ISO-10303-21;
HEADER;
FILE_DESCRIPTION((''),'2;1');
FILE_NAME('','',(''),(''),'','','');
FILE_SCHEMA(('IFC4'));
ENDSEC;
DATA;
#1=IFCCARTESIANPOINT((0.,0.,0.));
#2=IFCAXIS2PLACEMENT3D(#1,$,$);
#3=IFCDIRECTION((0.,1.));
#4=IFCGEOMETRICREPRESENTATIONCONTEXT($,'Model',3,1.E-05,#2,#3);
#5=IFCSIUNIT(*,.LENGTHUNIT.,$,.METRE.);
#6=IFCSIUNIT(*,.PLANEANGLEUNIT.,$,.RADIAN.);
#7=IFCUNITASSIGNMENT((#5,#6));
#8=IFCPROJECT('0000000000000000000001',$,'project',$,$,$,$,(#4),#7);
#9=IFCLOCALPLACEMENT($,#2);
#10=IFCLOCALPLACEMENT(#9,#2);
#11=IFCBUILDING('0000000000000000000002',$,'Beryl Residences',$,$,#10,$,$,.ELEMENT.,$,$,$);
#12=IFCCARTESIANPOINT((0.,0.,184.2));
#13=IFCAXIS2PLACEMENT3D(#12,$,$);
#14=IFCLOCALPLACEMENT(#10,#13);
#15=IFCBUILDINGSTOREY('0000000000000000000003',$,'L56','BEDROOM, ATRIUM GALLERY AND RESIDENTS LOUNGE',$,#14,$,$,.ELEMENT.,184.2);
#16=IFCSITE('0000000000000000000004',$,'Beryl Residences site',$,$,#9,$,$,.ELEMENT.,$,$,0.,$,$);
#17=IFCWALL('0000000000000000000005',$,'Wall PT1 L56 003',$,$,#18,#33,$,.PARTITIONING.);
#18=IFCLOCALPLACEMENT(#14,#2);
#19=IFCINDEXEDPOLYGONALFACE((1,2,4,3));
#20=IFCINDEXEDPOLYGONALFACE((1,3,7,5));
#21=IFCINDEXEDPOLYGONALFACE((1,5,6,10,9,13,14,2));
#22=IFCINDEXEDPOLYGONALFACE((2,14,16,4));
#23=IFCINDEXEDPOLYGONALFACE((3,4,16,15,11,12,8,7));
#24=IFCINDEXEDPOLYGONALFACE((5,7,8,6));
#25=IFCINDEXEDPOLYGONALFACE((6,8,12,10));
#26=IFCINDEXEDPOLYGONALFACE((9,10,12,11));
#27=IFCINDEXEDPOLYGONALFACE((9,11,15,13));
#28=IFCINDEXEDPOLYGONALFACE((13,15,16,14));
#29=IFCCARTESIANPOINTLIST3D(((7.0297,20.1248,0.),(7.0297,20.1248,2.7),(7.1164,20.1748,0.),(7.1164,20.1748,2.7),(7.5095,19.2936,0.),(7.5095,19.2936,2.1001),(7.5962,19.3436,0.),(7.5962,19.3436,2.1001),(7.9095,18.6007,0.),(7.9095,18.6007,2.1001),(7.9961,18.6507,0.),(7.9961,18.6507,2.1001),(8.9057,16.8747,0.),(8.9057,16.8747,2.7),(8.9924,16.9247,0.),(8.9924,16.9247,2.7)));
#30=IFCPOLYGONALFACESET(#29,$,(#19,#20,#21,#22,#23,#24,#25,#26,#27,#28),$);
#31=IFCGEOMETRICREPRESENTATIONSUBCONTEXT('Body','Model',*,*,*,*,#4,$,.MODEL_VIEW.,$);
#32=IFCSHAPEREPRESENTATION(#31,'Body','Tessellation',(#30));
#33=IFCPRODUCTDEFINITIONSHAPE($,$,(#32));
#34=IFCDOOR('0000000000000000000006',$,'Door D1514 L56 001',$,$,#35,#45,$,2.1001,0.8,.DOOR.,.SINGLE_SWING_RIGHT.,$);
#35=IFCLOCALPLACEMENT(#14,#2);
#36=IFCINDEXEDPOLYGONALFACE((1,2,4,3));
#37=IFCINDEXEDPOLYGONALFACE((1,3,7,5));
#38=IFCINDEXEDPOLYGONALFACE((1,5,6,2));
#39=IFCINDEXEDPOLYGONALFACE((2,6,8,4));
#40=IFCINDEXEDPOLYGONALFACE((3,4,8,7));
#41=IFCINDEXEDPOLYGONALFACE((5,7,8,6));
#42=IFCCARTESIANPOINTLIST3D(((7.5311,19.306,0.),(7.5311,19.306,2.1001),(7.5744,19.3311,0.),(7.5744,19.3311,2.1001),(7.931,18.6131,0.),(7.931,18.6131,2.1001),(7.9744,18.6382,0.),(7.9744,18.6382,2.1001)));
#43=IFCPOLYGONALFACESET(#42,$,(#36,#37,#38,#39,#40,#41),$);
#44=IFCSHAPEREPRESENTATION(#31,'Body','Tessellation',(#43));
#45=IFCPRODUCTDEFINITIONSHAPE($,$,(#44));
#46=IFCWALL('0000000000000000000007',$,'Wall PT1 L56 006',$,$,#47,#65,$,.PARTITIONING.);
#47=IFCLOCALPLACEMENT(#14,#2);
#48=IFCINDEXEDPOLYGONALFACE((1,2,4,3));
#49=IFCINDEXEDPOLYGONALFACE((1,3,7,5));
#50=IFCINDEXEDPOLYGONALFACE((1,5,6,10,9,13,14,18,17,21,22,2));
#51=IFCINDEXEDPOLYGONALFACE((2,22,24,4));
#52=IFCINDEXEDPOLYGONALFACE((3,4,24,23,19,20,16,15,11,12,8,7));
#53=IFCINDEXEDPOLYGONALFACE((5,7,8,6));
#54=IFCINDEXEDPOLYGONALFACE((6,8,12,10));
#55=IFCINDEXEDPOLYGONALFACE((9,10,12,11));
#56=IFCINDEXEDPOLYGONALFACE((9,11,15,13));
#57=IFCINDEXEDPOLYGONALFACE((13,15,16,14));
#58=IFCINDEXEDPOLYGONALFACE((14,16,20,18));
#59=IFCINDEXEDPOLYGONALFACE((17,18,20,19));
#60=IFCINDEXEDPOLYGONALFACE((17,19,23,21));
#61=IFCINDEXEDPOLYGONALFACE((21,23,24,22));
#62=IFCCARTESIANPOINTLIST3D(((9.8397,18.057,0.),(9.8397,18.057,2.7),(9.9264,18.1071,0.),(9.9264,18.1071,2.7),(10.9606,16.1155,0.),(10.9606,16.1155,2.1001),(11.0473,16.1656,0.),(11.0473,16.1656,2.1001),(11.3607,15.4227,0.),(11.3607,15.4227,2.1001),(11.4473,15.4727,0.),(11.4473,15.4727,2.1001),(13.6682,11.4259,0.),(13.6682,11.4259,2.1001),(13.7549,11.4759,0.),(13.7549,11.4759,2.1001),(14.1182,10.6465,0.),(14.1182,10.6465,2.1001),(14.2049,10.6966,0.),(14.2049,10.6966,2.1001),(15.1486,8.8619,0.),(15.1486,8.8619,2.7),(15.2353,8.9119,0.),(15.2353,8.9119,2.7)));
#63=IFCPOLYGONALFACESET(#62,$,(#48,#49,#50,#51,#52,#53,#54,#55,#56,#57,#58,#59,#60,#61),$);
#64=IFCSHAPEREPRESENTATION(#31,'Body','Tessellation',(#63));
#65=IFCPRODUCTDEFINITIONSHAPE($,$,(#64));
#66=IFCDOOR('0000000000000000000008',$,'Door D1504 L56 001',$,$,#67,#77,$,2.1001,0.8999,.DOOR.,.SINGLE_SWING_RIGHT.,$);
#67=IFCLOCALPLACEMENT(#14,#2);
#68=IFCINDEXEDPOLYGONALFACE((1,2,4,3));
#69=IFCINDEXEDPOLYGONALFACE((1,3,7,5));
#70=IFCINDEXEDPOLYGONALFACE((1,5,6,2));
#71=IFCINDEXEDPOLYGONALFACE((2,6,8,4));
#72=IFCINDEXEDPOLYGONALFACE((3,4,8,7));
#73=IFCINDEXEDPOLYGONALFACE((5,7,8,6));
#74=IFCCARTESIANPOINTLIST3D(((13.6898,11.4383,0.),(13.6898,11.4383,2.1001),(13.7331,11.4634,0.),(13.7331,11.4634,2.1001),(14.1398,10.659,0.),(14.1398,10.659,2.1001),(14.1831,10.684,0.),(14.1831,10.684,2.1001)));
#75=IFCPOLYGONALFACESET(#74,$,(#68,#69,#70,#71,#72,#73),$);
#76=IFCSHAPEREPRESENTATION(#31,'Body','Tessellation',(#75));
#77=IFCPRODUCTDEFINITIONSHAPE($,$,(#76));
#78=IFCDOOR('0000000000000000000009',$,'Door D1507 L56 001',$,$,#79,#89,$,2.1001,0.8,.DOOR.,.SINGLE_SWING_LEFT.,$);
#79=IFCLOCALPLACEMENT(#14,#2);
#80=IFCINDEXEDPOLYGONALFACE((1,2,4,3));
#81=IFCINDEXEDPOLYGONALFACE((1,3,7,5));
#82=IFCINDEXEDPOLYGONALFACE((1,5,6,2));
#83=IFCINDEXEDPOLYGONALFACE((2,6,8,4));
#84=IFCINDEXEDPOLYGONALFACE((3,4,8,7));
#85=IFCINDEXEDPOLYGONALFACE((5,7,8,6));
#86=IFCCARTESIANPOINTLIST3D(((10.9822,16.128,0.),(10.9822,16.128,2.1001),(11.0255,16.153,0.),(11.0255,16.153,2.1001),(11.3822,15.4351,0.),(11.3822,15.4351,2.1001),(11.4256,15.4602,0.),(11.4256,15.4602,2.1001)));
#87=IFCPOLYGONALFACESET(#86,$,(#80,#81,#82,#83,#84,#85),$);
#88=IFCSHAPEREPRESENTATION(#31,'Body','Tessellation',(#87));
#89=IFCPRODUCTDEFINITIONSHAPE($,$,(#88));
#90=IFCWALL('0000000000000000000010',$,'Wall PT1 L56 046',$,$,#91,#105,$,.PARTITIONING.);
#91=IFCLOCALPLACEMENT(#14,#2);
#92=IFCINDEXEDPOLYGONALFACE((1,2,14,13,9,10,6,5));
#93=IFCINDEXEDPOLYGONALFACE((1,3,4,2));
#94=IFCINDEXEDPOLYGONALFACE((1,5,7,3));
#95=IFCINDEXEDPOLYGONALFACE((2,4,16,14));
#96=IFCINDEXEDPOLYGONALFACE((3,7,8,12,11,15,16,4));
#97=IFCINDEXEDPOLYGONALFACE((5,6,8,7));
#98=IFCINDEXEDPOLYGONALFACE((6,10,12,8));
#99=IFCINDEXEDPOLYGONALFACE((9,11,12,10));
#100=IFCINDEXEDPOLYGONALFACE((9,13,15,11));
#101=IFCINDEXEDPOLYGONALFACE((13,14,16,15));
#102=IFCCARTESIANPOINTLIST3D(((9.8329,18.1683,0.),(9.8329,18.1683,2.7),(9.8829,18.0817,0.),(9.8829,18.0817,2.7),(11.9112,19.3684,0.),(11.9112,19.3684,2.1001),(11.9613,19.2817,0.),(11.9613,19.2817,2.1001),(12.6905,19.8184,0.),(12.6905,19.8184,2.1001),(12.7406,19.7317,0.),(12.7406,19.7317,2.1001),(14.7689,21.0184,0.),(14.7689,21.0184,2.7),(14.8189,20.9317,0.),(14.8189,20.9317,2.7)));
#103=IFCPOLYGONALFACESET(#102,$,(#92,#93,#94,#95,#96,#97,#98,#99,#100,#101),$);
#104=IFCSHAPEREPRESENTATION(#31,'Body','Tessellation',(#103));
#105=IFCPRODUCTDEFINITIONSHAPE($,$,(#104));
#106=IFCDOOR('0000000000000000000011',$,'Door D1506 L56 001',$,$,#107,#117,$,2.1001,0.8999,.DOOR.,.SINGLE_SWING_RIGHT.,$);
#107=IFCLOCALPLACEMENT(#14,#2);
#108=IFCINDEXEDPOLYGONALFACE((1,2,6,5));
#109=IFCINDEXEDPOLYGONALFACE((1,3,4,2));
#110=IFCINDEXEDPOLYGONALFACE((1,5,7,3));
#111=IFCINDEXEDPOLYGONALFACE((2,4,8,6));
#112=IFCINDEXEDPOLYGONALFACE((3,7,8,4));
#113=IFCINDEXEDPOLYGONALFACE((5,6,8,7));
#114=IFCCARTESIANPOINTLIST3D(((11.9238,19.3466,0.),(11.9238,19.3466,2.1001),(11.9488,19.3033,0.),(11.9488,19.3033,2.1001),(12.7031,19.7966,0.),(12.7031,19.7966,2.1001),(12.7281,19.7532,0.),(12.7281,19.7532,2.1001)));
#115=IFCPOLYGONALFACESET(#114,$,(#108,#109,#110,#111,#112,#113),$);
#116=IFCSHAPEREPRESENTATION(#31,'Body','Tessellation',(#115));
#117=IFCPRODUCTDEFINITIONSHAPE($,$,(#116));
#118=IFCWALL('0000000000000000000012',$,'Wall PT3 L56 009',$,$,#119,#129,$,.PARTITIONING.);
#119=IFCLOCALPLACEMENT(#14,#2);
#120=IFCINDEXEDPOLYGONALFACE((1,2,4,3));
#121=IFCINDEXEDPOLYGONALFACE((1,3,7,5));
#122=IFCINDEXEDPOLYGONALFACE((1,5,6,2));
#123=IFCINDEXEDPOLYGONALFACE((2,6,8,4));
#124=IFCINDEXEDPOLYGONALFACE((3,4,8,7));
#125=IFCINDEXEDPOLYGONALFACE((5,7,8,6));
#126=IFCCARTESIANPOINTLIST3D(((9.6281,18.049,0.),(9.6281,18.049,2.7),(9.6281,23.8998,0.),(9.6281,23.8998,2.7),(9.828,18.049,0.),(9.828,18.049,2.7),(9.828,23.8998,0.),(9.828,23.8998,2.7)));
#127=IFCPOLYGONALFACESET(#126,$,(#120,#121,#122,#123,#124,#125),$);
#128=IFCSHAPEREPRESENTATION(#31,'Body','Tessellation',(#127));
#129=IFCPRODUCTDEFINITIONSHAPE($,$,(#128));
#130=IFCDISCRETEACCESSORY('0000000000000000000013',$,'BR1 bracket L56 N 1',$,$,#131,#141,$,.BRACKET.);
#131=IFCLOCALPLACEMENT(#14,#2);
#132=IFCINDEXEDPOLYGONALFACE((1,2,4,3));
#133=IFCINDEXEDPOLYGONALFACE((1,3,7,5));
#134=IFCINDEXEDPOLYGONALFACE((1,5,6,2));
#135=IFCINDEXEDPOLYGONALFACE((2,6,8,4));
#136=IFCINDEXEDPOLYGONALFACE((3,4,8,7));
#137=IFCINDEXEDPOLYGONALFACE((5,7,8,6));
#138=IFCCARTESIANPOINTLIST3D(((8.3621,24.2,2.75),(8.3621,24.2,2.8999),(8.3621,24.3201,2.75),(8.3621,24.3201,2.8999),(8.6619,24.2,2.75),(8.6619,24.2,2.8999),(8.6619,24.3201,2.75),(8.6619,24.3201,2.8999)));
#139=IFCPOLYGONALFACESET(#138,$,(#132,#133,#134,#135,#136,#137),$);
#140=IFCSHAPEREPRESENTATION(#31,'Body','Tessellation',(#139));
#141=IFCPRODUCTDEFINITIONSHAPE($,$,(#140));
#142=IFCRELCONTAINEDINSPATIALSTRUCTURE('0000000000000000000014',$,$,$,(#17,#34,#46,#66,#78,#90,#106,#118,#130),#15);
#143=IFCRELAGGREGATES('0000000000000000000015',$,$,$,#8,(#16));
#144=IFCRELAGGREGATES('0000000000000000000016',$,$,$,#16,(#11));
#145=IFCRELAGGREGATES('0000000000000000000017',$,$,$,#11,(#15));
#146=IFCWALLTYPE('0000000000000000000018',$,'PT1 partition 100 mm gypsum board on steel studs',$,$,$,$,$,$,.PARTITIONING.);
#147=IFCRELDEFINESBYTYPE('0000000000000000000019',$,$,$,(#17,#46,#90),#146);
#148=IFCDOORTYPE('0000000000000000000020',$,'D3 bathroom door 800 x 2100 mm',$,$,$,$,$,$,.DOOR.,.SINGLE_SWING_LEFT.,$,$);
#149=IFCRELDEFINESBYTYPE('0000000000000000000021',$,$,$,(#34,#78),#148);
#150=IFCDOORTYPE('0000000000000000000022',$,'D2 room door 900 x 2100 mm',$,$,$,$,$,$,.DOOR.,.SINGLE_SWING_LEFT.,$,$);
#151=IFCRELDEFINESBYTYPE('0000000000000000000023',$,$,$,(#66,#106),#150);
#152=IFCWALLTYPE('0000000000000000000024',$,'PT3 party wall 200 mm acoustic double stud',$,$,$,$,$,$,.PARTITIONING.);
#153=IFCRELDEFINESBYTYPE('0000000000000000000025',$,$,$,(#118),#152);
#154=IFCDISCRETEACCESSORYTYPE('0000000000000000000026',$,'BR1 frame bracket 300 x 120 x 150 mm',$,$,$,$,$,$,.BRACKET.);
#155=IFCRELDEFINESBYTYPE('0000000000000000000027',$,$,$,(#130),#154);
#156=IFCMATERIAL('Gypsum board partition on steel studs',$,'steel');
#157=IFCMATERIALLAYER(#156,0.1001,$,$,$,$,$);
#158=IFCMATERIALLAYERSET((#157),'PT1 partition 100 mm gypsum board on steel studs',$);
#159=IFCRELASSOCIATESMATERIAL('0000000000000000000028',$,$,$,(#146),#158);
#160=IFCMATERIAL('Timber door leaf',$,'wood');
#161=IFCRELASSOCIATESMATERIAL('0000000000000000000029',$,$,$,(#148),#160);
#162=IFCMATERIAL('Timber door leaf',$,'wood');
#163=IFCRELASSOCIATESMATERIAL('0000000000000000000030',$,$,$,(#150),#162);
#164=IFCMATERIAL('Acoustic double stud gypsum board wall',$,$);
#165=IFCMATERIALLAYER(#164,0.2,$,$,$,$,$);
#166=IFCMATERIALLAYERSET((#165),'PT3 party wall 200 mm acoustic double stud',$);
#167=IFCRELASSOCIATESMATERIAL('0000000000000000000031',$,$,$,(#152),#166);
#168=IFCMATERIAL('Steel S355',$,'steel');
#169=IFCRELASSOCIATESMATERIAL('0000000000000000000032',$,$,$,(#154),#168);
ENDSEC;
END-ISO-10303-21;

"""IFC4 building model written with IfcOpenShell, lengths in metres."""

from ifc_helpers import new_model, si_unit, direction, frame, frame_2d, origin, place, context, subcontext, project, spatial, polyline, rectangle, outline, extrude, source, transform, mapped, material, layer, layer_set, type_object, type_shapes, element, fill, save


model = new_model("IFC4")

# Units and contexts
model_context = context("Model", 3, precision=1e-05, world=origin(), true_north=direction((0.0, 1.0)))
body_context = subcontext(model_context, "Body", "Model", "MODEL_VIEW")
ifc_project = project(units=[si_unit("LENGTHUNIT", "METRE"), si_unit("PLANEANGLEUNIT", "RADIAN")], contexts=[model_context])

# Site, building, storey
site_placement = place(None, origin())
site = spatial("IfcSite", under=ifc_project, at=site_placement, Name="Beryl Residences site", CompositionType="ELEMENT", RefElevation=0.0)
building_placement = place(site_placement, origin())
building = spatial("IfcBuilding", under=site, at=building_placement, Name="Beryl Residences", CompositionType="ELEMENT")
storey_placement = place(building_placement, frame((0.0, 0.0, 184.2)))
storey = spatial("IfcBuildingStorey", under=building, at=storey_placement, Name="L56", Description="BEDROOM, ATRIUM GALLERY AND RESIDENTS LOUNGE", CompositionType="ELEMENT", Elevation=184.2)

# Wall, opening, door
ifc_material_1 = material(Name="Gypsum board partition on steel studs", Category="steel")
ifc_layer_1 = layer(ifc_material_1, 0.1001)
ifc_layer_set_1 = layer_set([ifc_layer_1], Name="PT1 partition 100 mm gypsum board on steel studs")
wall_type_1 = type_object("IfcWallType", Name="PT1 partition 100 mm gypsum board on steel studs", PredefinedType="PARTITIONING", material=ifc_layer_set_1)
wall_1_placement = place(storey_placement, frame((7.073, 20.1499, 0.0), z_axis=(0.0, 0.0, 1.0), x_axis=(0.499918, -0.866073, 0.0)))
wall_1 = element("IfcWall", 1, at=wall_1_placement, inside=storey, type_object=wall_type_1, Name="Wall PT1 L56 003", PredefinedType="PARTITIONING", context=body_context, shape_type="SweptSolid", body=[
    extrude(rectangle(XDim=3.7527, YDim=0.1001, at=frame_2d((1.8765, 0.0))), origin(), (0.0, 0.0, 1.0), 2.7),
])
opening_1_placement = place(wall_1_placement, frame((0.96, 0.0, 0.0)))
opening_1 = element("IfcOpeningElement", 2, at=opening_1_placement, cuts=wall_1, PredefinedType="OPENING", context=body_context, shape_type="SweptSolid", body=[
    extrude(rectangle(XDim=0.8, YDim=2.1001, at=frame_2d((0.3999, 1.05))), frame((0.0, 0.0601, 0.0), z_axis=(0.0, -1.0, 0.0), x_axis=(1.0, 0.0, 0.0)), (0.0, 0.0, 1.0), 0.1201),
])
ifc_material_2 = material(Name="Timber door leaf", Category="wood")
door_type_1 = type_object("IfcDoorType", Name="D3 bathroom door 800 x 2100 mm", OperationType="SINGLE_SWING_LEFT", PredefinedType="DOOR", material=ifc_material_2)
door_1_placement = place(opening_1_placement, origin())
door_1 = element("IfcDoor", 3, at=door_1_placement, inside=storey, type_object=door_type_1, Name="Door D1514 L56 001", OperationType="SINGLE_SWING_RIGHT", OverallHeight=2.1001, OverallWidth=0.8, PredefinedType="DOOR", context=body_context, shape_type="SweptSolid", body=[
    extrude(rectangle(XDim=0.8, YDim=2.1001, at=frame_2d((0.3999, 1.05))), frame((0.0, 0.0249, 0.0), z_axis=(0.0, -1.0, 0.0), x_axis=(1.0, 0.0, 0.0)), (0.0, 0.0, 1.0), 0.05),
])
fill(opening_1, door_1)

# Wall, openings, doors
wall_2_placement = place(storey_placement, frame((9.8831, 18.082, 0.0), z_axis=(0.0, 0.0, 1.0), x_axis=(0.500004, -0.866023, 0.0)))
wall_2 = element("IfcWall", 4, at=wall_2_placement, inside=storey, type_object=wall_type_1, Name="Wall PT1 L56 006", PredefinedType="PARTITIONING", context=body_context, shape_type="SweptSolid", body=[
    extrude(rectangle(XDim=10.6177, YDim=0.1001, at=frame_2d((5.3088, 0.0))), origin(), (0.0, 0.0, 1.0), 2.7),
])
opening_2_placement = place(wall_2_placement, frame((7.657, 0.0, 0.0)))
opening_2 = element("IfcOpeningElement", 5, at=opening_2_placement, cuts=wall_2, PredefinedType="OPENING", context=body_context, shape_type="SweptSolid", body=[
    extrude(rectangle(XDim=0.8999, YDim=2.1001, at=frame_2d((0.45, 1.05))), frame((0.0, 0.0601, 0.0), z_axis=(0.0, -1.0, 0.0), x_axis=(1.0, 0.0, 0.0)), (0.0, 0.0, 1.0), 0.1201),
])
opening_3_placement = place(wall_2_placement, frame((2.2419, 0.0, 0.0)))
opening_3 = element("IfcOpeningElement", 6, at=opening_3_placement, cuts=wall_2, PredefinedType="OPENING", context=body_context, shape_type="SweptSolid", body=[
    extrude(rectangle(XDim=0.8, YDim=2.1001, at=frame_2d((0.3999, 1.05))), frame((0.0, 0.0601, 0.0), z_axis=(0.0, -1.0, 0.0), x_axis=(1.0, 0.0, 0.0)), (0.0, 0.0, 1.0), 0.1201),
])
ifc_material_3 = material(Name="Timber door leaf", Category="wood")
door_type_2 = type_object("IfcDoorType", Name="D2 room door 900 x 2100 mm", OperationType="SINGLE_SWING_LEFT", PredefinedType="DOOR", material=ifc_material_3)
door_2_placement = place(opening_2_placement, origin())
door_2 = element("IfcDoor", 7, at=door_2_placement, inside=storey, type_object=door_type_2, Name="Door D1504 L56 001", OperationType="SINGLE_SWING_RIGHT", OverallHeight=2.1001, OverallWidth=0.8999, PredefinedType="DOOR", context=body_context, shape_type="SweptSolid", body=[
    extrude(rectangle(XDim=0.8999, YDim=2.1001, at=frame_2d((0.45, 1.05))), frame((0.0, 0.0249, 0.0), z_axis=(0.0, -1.0, 0.0), x_axis=(1.0, 0.0, 0.0)), (0.0, 0.0, 1.0), 0.05),
])
fill(opening_2, door_2)
door_3_placement = place(opening_3_placement, origin())
door_3 = element("IfcDoor", 8, at=door_3_placement, inside=storey, type_object=door_type_1, Name="Door D1507 L56 001", OperationType="SINGLE_SWING_LEFT", OverallHeight=2.1001, OverallWidth=0.8, PredefinedType="DOOR", context=body_context, shape_type="SweptSolid", body=[
    extrude(rectangle(XDim=0.8, YDim=2.1001, at=frame_2d((0.3999, 1.05))), frame((0.0, 0.0249, 0.0), z_axis=(0.0, -1.0, 0.0), x_axis=(1.0, 0.0, 0.0)), (0.0, 0.0, 1.0), 0.05),
])
fill(opening_3, door_3)

# Wall, opening, door
wall_3_placement = place(storey_placement, frame((9.8579, 18.125, 0.0), z_axis=(0.0, 0.0, 1.0), x_axis=(0.866004, 0.500036, 0.0)))
wall_3 = element("IfcWall", 9, at=wall_3_placement, inside=storey, type_object=wall_type_1, Name="Wall PT1 L56 046", PredefinedType="PARTITIONING", context=body_context, shape_type="SweptSolid", body=[
    extrude(rectangle(XDim=5.6997, YDim=0.1001, at=frame_2d((2.8499, 0.0))), origin(), (0.0, 0.0, 1.0), 2.7),
])
opening_4_placement = place(wall_3_placement, frame((2.3999, 0.0, 0.0)))
opening_4 = element("IfcOpeningElement", 10, at=opening_4_placement, cuts=wall_3, PredefinedType="OPENING", context=body_context, shape_type="SweptSolid", body=[
    extrude(rectangle(XDim=0.8999, YDim=2.1001, at=frame_2d((0.45, 1.05))), frame((0.0, 0.0601, 0.0), z_axis=(0.0, -1.0, 0.0), x_axis=(1.0, 0.0, 0.0)), (0.0, 0.0, 1.0), 0.1201),
])
door_4_placement = place(opening_4_placement, origin())
door_4 = element("IfcDoor", 11, at=door_4_placement, inside=storey, type_object=door_type_2, Name="Door D1506 L56 001", OperationType="SINGLE_SWING_RIGHT", OverallHeight=2.1001, OverallWidth=0.8999, PredefinedType="DOOR", context=body_context, shape_type="SweptSolid", body=[
    extrude(rectangle(XDim=0.8999, YDim=2.1001, at=frame_2d((0.45, 1.05))), frame((0.0, 0.0249, 0.0), z_axis=(0.0, -1.0, 0.0), x_axis=(1.0, 0.0, 0.0)), (0.0, 0.0, 1.0), 0.05),
])
fill(opening_4, door_4)

# Wall
ifc_material_4 = material(Name="Acoustic double stud gypsum board wall")
ifc_layer_2 = layer(ifc_material_4, 0.2)
ifc_layer_set_2 = layer_set([ifc_layer_2], Name="PT3 party wall 200 mm acoustic double stud")
wall_type_2 = type_object("IfcWallType", Name="PT3 party wall 200 mm acoustic double stud", PredefinedType="PARTITIONING", material=ifc_layer_set_2)
wall_4_placement = place(storey_placement, frame((9.728, 18.0491, 0.0), z_axis=(0.0, 0.0, 1.0), x_axis=(0.0, 1.0, 0.0)))
element("IfcWall", 12, at=wall_4_placement, inside=storey, type_object=wall_type_2, Name="Wall PT3 L56 009", PredefinedType="PARTITIONING", context=body_context, shape_type="SweptSolid", body=[
    extrude(rectangle(XDim=5.8508, YDim=0.2, at=frame_2d((2.9253, 0.0))), origin(), (0.0, 0.0, 1.0), 2.7),
])

# Discrete accessory
ifc_material_5 = material(Name="Steel S355", Category="steel")
discrete_accessory_type = type_object("IfcDiscreteAccessoryType", Name="BR1 frame bracket 300 x 120 x 150 mm", PredefinedType="BRACKET", material=ifc_material_5)
shared_shape_1 = source(origin(), body_context, "Body", "SweptSolid", [
    extrude(outline(polyline([(-0.1499, 0.0), (0.1499, 0.0), (0.1499, 0.1201), (-0.1499, 0.1201), (-0.1499, 0.0)])), origin(), (0.0, 0.0, 1.0), 0.1499),
])
type_shapes(discrete_accessory_type, [shared_shape_1])
discrete_accessory_placement = place(storey_placement, frame((8.512, 24.2, 2.75), z_axis=(0.0, 0.0, 1.0), x_axis=(1.0, 0.0, 0.0)))
element("IfcDiscreteAccessory", 13, at=discrete_accessory_placement, inside=storey, type_object=discrete_accessory_type, Name="BR1 bracket L56 N 1", PredefinedType="BRACKET", context=body_context, shape_type="MappedRepresentation", body=[
    mapped(shared_shape_1, transform((0.0, 0.0, 0.0))),
])

save(model, "model.ifc")
